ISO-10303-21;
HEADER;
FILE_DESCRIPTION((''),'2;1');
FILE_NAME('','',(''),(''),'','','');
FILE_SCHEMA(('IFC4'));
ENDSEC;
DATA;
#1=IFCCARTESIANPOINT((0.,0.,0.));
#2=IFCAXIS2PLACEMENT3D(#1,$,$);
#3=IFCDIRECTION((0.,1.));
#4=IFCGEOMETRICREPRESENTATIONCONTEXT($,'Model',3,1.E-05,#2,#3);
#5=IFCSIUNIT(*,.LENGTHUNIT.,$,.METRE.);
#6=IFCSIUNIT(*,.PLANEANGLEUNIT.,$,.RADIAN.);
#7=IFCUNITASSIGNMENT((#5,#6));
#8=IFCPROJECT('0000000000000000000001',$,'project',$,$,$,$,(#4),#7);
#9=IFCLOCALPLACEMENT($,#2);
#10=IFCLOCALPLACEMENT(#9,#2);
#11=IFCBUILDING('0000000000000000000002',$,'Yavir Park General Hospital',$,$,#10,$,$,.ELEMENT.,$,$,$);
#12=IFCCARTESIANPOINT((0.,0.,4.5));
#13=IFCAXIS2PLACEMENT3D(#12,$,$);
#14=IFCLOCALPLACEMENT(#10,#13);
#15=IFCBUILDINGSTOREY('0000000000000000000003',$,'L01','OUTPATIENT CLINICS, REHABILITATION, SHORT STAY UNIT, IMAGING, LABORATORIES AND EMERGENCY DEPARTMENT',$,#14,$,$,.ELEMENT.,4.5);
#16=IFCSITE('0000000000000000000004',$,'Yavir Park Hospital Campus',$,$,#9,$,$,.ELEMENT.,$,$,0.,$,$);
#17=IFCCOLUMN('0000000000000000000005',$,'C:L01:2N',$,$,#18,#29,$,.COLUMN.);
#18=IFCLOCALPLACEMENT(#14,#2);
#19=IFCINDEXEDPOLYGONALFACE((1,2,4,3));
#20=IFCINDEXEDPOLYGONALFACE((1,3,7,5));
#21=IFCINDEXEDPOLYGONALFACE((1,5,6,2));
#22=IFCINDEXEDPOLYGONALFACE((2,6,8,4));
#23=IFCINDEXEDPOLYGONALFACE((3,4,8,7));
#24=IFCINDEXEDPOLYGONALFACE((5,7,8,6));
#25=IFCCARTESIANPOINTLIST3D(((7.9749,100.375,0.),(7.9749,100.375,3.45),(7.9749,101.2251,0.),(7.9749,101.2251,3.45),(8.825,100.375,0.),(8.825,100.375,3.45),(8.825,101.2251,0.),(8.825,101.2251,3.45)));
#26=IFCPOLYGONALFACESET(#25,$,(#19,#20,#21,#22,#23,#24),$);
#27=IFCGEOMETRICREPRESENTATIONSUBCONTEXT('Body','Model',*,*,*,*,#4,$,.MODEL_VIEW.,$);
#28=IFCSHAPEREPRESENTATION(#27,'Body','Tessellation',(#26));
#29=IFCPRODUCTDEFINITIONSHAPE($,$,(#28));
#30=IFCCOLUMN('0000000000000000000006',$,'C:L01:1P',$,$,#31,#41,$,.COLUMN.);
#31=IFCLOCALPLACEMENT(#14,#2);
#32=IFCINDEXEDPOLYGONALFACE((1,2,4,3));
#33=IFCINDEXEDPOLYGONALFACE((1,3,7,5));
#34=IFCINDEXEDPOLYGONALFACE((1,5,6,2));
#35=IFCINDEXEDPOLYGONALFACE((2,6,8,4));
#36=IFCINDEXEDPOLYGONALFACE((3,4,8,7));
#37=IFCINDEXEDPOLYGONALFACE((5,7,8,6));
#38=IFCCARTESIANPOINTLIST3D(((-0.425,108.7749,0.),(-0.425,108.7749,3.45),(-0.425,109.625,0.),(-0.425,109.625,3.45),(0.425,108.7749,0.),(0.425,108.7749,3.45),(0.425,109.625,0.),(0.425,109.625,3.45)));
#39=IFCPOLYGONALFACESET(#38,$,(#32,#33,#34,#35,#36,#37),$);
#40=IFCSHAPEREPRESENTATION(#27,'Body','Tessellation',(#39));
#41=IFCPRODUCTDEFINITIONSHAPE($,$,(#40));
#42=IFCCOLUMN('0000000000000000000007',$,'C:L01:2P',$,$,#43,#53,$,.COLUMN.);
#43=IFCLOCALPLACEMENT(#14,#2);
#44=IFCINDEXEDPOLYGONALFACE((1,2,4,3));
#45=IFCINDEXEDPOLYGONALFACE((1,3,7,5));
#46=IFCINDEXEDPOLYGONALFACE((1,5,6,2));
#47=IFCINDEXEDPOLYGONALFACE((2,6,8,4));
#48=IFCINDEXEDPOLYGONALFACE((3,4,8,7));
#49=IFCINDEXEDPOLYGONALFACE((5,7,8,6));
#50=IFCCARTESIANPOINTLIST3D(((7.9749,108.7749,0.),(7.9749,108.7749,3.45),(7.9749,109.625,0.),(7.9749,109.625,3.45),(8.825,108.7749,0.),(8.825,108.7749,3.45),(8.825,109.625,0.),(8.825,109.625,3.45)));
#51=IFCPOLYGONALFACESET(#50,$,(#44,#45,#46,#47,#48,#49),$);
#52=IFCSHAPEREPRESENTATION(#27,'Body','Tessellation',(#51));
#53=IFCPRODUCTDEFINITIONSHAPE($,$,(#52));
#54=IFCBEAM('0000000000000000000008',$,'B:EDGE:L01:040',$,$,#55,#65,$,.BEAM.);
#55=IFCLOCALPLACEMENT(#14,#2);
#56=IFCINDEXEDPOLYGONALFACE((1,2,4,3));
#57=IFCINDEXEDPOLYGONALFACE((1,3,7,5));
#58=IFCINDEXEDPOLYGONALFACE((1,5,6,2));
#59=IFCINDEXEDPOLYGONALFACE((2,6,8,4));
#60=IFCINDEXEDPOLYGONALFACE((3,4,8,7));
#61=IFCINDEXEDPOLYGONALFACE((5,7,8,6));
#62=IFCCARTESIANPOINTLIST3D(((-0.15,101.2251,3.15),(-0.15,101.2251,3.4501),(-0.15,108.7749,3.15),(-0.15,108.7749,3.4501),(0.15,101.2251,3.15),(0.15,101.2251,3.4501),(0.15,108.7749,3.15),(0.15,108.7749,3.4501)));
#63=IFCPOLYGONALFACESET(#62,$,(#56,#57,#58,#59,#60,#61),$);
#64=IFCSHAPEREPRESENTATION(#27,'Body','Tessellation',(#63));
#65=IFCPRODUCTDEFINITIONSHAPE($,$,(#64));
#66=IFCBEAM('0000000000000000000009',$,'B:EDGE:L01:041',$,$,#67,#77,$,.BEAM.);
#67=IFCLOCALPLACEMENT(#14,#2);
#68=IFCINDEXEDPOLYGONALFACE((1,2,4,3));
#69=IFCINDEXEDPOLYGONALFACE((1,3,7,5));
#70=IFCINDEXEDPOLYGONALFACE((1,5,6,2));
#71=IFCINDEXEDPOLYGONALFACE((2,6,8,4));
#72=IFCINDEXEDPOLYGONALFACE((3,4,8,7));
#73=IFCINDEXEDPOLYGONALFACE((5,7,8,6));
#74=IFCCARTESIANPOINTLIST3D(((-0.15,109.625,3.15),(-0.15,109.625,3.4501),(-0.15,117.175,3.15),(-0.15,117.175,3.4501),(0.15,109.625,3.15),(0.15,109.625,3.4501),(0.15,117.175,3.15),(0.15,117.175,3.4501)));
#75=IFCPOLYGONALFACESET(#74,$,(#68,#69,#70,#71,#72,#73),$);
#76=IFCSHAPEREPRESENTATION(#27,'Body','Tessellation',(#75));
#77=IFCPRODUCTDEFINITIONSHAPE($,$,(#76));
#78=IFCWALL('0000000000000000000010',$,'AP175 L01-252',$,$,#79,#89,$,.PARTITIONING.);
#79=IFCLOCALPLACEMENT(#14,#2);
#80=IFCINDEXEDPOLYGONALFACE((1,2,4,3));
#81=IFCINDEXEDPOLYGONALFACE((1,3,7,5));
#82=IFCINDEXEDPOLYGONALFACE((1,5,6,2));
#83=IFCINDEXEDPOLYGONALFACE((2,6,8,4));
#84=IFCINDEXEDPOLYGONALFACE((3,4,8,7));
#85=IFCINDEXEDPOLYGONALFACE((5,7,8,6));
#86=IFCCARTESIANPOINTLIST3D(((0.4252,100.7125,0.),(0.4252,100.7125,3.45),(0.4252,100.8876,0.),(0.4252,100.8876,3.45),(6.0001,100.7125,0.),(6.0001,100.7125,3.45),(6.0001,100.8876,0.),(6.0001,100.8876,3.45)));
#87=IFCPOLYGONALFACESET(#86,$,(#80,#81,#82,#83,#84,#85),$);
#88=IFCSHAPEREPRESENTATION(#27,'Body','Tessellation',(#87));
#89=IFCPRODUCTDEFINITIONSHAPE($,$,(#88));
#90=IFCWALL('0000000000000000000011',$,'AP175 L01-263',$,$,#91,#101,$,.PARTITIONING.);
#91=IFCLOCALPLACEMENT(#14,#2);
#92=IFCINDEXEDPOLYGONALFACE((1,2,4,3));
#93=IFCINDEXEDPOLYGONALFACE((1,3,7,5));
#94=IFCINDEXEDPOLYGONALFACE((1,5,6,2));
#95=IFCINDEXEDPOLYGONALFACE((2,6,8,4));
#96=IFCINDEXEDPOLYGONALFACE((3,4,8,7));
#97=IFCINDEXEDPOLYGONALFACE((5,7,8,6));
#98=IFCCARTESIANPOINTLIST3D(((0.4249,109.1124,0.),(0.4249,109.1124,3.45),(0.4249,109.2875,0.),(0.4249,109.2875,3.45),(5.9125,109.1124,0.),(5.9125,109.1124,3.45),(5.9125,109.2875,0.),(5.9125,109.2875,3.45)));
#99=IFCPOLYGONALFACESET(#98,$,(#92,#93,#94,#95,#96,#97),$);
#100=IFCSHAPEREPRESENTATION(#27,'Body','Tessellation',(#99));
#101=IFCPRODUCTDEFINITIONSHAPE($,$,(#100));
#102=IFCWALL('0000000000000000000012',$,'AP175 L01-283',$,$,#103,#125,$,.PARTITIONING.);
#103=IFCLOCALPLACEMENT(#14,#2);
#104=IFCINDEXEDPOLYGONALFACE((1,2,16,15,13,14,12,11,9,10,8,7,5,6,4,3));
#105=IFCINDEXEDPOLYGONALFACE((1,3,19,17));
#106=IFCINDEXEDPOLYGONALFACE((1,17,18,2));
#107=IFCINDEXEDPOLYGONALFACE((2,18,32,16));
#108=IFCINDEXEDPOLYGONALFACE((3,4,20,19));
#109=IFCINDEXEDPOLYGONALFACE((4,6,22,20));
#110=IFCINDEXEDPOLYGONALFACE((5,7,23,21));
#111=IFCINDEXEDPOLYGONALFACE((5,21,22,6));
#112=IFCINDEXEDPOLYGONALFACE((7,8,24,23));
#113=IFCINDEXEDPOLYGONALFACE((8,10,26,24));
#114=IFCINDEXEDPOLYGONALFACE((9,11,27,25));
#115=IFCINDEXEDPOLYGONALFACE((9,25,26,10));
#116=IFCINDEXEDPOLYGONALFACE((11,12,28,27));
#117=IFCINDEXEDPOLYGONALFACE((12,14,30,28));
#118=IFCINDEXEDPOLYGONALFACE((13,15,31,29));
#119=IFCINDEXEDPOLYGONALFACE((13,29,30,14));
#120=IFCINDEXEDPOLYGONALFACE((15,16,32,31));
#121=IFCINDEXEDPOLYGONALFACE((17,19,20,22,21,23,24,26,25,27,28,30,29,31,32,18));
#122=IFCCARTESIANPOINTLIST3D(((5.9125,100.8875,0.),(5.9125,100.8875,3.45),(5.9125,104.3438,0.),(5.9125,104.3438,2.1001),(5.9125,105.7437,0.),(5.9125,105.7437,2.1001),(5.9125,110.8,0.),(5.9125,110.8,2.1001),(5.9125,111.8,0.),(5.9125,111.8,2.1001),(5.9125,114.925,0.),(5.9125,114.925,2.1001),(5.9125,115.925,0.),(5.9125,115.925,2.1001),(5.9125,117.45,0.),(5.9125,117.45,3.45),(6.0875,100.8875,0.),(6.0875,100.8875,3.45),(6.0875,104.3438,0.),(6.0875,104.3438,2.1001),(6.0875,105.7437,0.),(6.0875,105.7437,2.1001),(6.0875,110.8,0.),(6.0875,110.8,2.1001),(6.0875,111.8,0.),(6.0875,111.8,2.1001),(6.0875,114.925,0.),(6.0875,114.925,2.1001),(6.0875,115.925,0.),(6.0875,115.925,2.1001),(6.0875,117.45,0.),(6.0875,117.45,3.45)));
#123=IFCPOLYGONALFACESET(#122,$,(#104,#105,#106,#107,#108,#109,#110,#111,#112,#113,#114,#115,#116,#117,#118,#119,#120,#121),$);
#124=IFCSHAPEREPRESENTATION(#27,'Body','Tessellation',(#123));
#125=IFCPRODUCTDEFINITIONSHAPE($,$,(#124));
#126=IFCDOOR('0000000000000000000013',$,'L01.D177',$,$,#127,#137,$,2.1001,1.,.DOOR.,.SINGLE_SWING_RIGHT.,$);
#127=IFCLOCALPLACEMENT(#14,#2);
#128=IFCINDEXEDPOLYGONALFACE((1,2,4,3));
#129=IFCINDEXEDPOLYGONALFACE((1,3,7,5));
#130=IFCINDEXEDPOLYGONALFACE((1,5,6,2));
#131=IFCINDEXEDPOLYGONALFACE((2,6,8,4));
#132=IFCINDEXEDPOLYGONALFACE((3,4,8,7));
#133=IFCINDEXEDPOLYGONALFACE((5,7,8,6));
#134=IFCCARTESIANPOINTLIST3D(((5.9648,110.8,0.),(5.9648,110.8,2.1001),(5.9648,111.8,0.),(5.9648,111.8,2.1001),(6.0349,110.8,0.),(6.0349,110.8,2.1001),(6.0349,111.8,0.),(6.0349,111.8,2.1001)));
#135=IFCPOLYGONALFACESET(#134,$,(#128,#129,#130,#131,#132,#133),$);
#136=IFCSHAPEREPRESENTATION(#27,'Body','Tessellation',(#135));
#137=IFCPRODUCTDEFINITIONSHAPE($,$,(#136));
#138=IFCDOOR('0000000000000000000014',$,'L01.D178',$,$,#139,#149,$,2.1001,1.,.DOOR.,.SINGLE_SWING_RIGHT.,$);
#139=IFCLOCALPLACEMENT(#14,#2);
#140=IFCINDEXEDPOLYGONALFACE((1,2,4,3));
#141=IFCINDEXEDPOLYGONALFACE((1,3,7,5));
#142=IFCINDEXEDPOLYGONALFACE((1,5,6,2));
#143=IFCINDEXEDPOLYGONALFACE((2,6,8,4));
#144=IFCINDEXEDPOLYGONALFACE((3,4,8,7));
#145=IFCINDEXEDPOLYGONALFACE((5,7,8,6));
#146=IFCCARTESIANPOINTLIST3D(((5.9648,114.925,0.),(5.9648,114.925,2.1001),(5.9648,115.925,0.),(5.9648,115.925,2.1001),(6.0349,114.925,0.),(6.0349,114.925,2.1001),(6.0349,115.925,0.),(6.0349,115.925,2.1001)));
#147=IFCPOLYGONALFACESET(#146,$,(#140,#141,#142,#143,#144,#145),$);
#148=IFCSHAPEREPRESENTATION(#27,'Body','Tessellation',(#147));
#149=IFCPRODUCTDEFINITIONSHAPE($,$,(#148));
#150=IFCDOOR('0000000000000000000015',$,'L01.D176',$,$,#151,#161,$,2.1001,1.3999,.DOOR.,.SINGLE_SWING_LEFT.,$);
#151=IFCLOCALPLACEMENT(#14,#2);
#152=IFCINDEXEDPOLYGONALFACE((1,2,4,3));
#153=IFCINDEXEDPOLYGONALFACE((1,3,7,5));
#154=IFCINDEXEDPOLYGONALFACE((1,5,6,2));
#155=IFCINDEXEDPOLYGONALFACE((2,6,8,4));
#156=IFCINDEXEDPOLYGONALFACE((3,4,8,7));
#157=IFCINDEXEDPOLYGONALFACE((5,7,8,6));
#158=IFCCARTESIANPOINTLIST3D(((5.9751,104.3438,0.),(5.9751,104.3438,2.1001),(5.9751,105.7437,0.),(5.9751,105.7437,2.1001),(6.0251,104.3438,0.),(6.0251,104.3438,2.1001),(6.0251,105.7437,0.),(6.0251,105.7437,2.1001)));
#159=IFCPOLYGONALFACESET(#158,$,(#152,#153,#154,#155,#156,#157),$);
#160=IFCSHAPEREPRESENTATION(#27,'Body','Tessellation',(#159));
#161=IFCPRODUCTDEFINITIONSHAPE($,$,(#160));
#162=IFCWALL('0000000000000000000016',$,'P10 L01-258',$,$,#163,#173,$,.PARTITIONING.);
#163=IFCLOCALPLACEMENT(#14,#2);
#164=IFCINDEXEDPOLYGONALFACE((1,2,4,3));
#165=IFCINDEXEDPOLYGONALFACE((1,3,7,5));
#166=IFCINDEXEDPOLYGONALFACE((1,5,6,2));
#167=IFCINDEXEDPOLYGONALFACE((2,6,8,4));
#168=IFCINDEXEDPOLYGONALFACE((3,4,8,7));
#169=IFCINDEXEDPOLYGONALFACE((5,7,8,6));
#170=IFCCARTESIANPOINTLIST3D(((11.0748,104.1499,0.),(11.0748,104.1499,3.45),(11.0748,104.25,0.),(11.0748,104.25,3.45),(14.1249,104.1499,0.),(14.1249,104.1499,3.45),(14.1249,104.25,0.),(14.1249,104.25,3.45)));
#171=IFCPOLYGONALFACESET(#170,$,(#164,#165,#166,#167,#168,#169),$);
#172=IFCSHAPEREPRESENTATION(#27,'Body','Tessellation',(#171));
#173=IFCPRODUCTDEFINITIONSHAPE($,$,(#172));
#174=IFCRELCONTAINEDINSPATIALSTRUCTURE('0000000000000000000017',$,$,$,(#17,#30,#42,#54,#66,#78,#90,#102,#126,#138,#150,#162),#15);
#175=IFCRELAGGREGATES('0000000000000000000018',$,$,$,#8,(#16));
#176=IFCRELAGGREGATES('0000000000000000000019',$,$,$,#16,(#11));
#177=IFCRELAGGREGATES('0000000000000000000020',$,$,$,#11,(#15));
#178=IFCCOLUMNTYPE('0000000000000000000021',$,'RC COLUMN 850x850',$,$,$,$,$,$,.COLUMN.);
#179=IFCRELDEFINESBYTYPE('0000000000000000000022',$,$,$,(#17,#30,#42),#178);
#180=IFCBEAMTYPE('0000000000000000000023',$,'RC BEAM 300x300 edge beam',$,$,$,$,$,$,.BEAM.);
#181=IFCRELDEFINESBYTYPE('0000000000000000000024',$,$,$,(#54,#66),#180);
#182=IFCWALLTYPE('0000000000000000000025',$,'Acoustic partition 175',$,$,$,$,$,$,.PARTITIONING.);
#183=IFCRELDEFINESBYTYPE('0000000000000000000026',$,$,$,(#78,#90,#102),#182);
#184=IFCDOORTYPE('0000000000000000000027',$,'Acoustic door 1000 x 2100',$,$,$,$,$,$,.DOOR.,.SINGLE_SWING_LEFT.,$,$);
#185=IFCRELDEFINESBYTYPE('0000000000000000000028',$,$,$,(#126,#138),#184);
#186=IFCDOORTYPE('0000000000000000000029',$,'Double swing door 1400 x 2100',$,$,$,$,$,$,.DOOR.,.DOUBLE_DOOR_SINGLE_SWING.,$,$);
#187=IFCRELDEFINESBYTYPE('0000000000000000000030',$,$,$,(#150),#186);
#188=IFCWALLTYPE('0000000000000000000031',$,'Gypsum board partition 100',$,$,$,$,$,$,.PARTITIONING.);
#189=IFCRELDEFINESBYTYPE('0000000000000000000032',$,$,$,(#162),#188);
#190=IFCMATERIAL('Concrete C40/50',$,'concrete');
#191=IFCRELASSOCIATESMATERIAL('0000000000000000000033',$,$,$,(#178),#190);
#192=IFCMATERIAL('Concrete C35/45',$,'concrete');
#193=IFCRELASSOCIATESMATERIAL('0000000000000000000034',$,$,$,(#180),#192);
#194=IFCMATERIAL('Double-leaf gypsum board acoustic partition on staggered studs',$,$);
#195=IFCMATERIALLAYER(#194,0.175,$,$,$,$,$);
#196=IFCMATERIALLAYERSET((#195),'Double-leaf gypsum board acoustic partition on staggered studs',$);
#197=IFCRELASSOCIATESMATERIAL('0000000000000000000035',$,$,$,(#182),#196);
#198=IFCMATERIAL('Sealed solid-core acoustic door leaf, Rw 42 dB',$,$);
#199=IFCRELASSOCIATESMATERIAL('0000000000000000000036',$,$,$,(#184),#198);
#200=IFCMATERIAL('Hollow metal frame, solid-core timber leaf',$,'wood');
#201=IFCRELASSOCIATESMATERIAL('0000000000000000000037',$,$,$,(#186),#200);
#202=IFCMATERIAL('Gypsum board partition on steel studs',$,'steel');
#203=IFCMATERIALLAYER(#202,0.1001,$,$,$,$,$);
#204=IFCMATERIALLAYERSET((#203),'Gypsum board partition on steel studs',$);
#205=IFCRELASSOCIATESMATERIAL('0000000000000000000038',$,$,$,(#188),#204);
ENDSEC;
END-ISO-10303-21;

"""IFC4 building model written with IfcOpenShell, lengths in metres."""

from ifc_helpers import new_model, si_unit, direction, frame, frame_2d, origin, origin_2d, place, context, subcontext, project, spatial, rectangle, extrude, material, layer, layer_set, material_profile, profile_set, type_object, element, fill, save


model = new_model("IFC4")

# Units and contexts
model_context = context("Model", 3, precision=1e-05, world=origin(), true_north=direction((0.0, 1.0)))
body_context = subcontext(model_context, "Body", "Model", "MODEL_VIEW")
ifc_project = project(units=[si_unit("LENGTHUNIT", "METRE"), si_unit("PLANEANGLEUNIT", "RADIAN")], contexts=[model_context])

# Site, building, storey
site_placement = place(None, origin())
site = spatial("IfcSite", under=ifc_project, at=site_placement, Name="Yavir Park Hospital Campus", CompositionType="ELEMENT", RefElevation=0.0)
building_placement = place(site_placement, origin())
building = spatial("IfcBuilding", under=site, at=building_placement, Name="Yavir Park General Hospital", CompositionType="ELEMENT")
storey_placement = place(building_placement, frame((0.0, 0.0, 4.5)))
storey = spatial("IfcBuildingStorey", under=building, at=storey_placement, Name="L01", Description="OUTPATIENT CLINICS, REHABILITATION, SHORT STAY UNIT, IMAGING, LABORATORIES AND EMERGENCY DEPARTMENT", CompositionType="ELEMENT", Elevation=4.5)

# Columns
ifc_material_1 = material(Name="Concrete C40/50", Category="concrete")
ifc_material_profile_1 = material_profile(ifc_material_1, rectangle(XDim=0.8501, YDim=0.8501, at=origin_2d()), Name="RC850x850")
ifc_profile_set_1 = profile_set([ifc_material_profile_1], Name="Concrete C40/50")
column_type = type_object("IfcColumnType", Name="RC COLUMN 850x850", PredefinedType="COLUMN", material=ifc_profile_set_1)
for number, where, z_axis, x_axis, name in (
    (1, (8.3999, 100.8, 0.0), (0.0, 0.0, 1.0), (1.0, 0.0, 0.0), "C:L01:2N"),
    (2, (0.0, 109.2, 0.0), (0.0, 0.0, 1.0), (1.0, 0.0, 0.0), "C:L01:1P"),
    (3, (8.3999, 109.2, 0.0), (0.0, 0.0, 1.0), (1.0, 0.0, 0.0), "C:L01:2P"),
):
    element("IfcColumn", number, at=place(storey_placement, frame(where, z_axis=z_axis, x_axis=x_axis)), inside=storey, type_object=column_type, Name=name, PredefinedType="COLUMN", context=body_context, shape_type="SweptSolid", body=[
        extrude(rectangle(XDim=0.8501, YDim=0.8501, at=origin_2d()), origin(), (0.0, 0.0, 1.0), 3.45),
    ])

# Beams
ifc_material_2 = material(Name="Concrete C35/45", Category="concrete")
ifc_material_profile_2 = material_profile(ifc_material_2, rectangle(XDim=0.3, YDim=0.3, at=origin_2d()), Name="RC300x300")
ifc_profile_set_2 = profile_set([ifc_material_profile_2], Name="Concrete C35/45")
beam_type = type_object("IfcBeamType", Name="RC BEAM 300x300 edge beam", PredefinedType="BEAM", material=ifc_profile_set_2)
beam_1_placement = place(storey_placement, frame((0.0, 101.2251, 3.3), z_axis=(0.0, 1.0, 0.0), x_axis=(-1.0, 0.0, 0.0)))
element("IfcBeam", 4, at=beam_1_placement, inside=storey, type_object=beam_type, Name="B:EDGE:L01:040", PredefinedType="BEAM", context=body_context, shape_type="SweptSolid", body=[
    extrude(rectangle(XDim=0.3, YDim=0.3, at=origin_2d()), origin(), (0.0, 0.0, 1.0), 7.5498),
])
beam_2_placement = place(storey_placement, frame((0.0, 109.625, 3.3), z_axis=(0.0, 1.0, 0.0), x_axis=(-1.0, 0.0, 0.0)))
element("IfcBeam", 5, at=beam_2_placement, inside=storey, type_object=beam_type, Name="B:EDGE:L01:041", PredefinedType="BEAM", context=body_context, shape_type="SweptSolid", body=[
    extrude(rectangle(XDim=0.3, YDim=0.3, at=origin_2d()), origin(), (0.0, 0.0, 1.0), 7.55),
])

# Walls
ifc_material_3 = material(Name="Double-leaf gypsum board acoustic partition on staggered studs")
ifc_layer_1 = layer(ifc_material_3, 0.175)
ifc_layer_set_1 = layer_set([ifc_layer_1], Name="Double-leaf gypsum board acoustic partition on staggered studs")
wall_type_1 = type_object("IfcWallType", Name="Acoustic partition 175", PredefinedType="PARTITIONING", material=ifc_layer_set_1)
wall_1_placement = place(storey_placement, frame((0.425, 100.8, 0.0), z_axis=(0.0, 0.0, 1.0), x_axis=(1.0, 0.0, 0.0)))
element("IfcWall", 6, at=wall_1_placement, inside=storey, type_object=wall_type_1, Name="AP175 L01-252", PredefinedType="PARTITIONING", context=body_context, shape_type="SweptSolid", body=[
    extrude(rectangle(XDim=5.575, YDim=0.175, at=frame_2d((2.7876, 0.0))), origin(), (0.0, 0.0, 1.0), 3.45),
])
wall_2_placement = place(storey_placement, frame((0.425, 109.2, 0.0), z_axis=(0.0, 0.0, 1.0), x_axis=(1.0, 0.0, 0.0)))
element("IfcWall", 7, at=wall_2_placement, inside=storey, type_object=wall_type_1, Name="AP175 L01-263", PredefinedType="PARTITIONING", context=body_context, shape_type="SweptSolid", body=[
    extrude(rectangle(XDim=5.4875, YDim=0.175, at=frame_2d((2.7437, 0.0))), origin(), (0.0, 0.0, 1.0), 3.45),
])

# Wall, openings, doors
wall_3_placement = place(storey_placement, frame((6.0, 100.8875, 0.0), z_axis=(0.0, 0.0, 1.0), x_axis=(0.0, 1.0, 0.0)))
wall_3 = element("IfcWall", 8, at=wall_3_placement, inside=storey, type_object=wall_type_1, Name="AP175 L01-283", PredefinedType="PARTITIONING", context=body_context, shape_type="SweptSolid", body=[
    extrude(rectangle(XDim=16.5625, YDim=0.175, at=frame_2d((8.2812, 0.0))), origin(), (0.0, 0.0, 1.0), 3.45),
])
opening_1_placement = place(wall_3_placement, frame((3.4563, 0.0, 0.0)))
opening_1 = element("IfcOpeningElement", 9, at=opening_1_placement, cuts=wall_3, PredefinedType="OPENING", context=body_context, shape_type="SweptSolid", body=[
    extrude(rectangle(XDim=1.3999, YDim=2.1001, at=frame_2d((0.7, 1.05))), frame((0.0, 0.0974, 0.0), z_axis=(0.0, -1.0, 0.0), x_axis=(1.0, 0.0, 0.0)), (0.0, 0.0, 1.0), 0.1951),
])
opening_2_placement = place(wall_3_placement, frame((9.9126, 0.0, 0.0)))
opening_2 = element("IfcOpeningElement", 10, at=opening_2_placement, cuts=wall_3, PredefinedType="OPENING", context=body_context, shape_type="SweptSolid", body=[
    extrude(rectangle(XDim=1.0, YDim=2.1001, at=frame_2d((0.5, 1.05))), frame((0.0, 0.0974, 0.0), z_axis=(0.0, -1.0, 0.0), x_axis=(1.0, 0.0, 0.0)), (0.0, 0.0, 1.0), 0.1951),
])
opening_3_placement = place(wall_3_placement, frame((14.0376, 0.0, 0.0)))
opening_3 = element("IfcOpeningElement", 11, at=opening_3_placement, cuts=wall_3, PredefinedType="OPENING", context=body_context, shape_type="SweptSolid", body=[
    extrude(rectangle(XDim=1.0, YDim=2.1001, at=frame_2d((0.5, 1.05))), frame((0.0, 0.0974, 0.0), z_axis=(0.0, -1.0, 0.0), x_axis=(1.0, 0.0, 0.0)), (0.0, 0.0, 1.0), 0.1951),
])
ifc_material_4 = material(Name="Sealed solid-core acoustic door leaf, Rw 42 dB")
door_type_1 = type_object("IfcDoorType", Name="Acoustic door 1000 x 2100", OperationType="SINGLE_SWING_LEFT", PredefinedType="DOOR", material=ifc_material_4)
door_1_placement = place(opening_2_placement, origin())
door_1 = element("IfcDoor", 12, at=door_1_placement, inside=storey, type_object=door_type_1, Name="L01.D177", OperationType="SINGLE_SWING_RIGHT", OverallHeight=2.1001, OverallWidth=1.0, PredefinedType="DOOR", context=body_context, shape_type="SweptSolid", body=[
    extrude(rectangle(XDim=1.0, YDim=2.1001, at=frame_2d((0.5, 1.05))), frame((0.0, 0.0352, 0.0), z_axis=(0.0, -1.0, 0.0), x_axis=(1.0, 0.0, 0.0)), (0.0, 0.0, 1.0), 0.0701),
])
fill(opening_2, door_1)
door_2_placement = place(opening_3_placement, origin())
door_2 = element("IfcDoor", 13, at=door_2_placement, inside=storey, type_object=door_type_1, Name="L01.D178", OperationType="SINGLE_SWING_RIGHT", OverallHeight=2.1001, OverallWidth=1.0, PredefinedType="DOOR", context=body_context, shape_type="SweptSolid", body=[
    extrude(rectangle(XDim=1.0, YDim=2.1001, at=frame_2d((0.5, 1.05))), frame((0.0, 0.0352, 0.0), z_axis=(0.0, -1.0, 0.0), x_axis=(1.0, 0.0, 0.0)), (0.0, 0.0, 1.0), 0.0701),
])
fill(opening_3, door_2)
ifc_material_5 = material(Name="Hollow metal frame, solid-core timber leaf", Category="wood")
door_type_2 = type_object("IfcDoorType", Name="Double swing door 1400 x 2100", OperationType="DOUBLE_DOOR_SINGLE_SWING", PredefinedType="DOOR", material=ifc_material_5)
door_3_placement = place(opening_1_placement, origin())
door_3 = element("IfcDoor", 14, at=door_3_placement, inside=storey, type_object=door_type_2, Name="L01.D176", OperationType="SINGLE_SWING_LEFT", OverallHeight=2.1001, OverallWidth=1.3999, PredefinedType="DOOR", context=body_context, shape_type="SweptSolid", body=[
    extrude(rectangle(XDim=1.3999, YDim=2.1001, at=frame_2d((0.7, 1.05))), frame((0.0, 0.0249, 0.0), z_axis=(0.0, -1.0, 0.0), x_axis=(1.0, 0.0, 0.0)), (0.0, 0.0, 1.0), 0.05),
])
fill(opening_1, door_3)

# Wall
ifc_material_6 = material(Name="Gypsum board partition on steel studs", Category="steel")
ifc_layer_2 = layer(ifc_material_6, 0.1001)
ifc_layer_set_2 = layer_set([ifc_layer_2], Name="Gypsum board partition on steel studs")
wall_type_2 = type_object("IfcWallType", Name="Gypsum board partition 100", PredefinedType="PARTITIONING", material=ifc_layer_set_2)
wall_4_placement = place(storey_placement, frame((11.075, 104.2, 0.0), z_axis=(0.0, 0.0, 1.0), x_axis=(1.0, 0.0, 0.0)))
element("IfcWall", 15, at=wall_4_placement, inside=storey, type_object=wall_type_2, Name="P10 L01-258", PredefinedType="PARTITIONING", context=body_context, shape_type="SweptSolid", body=[
    extrude(rectangle(XDim=3.05, YDim=0.1001, at=frame_2d((1.5249, 0.0))), origin(), (0.0, 0.0, 1.0), 3.45),
])

save(model, "model.ifc")
